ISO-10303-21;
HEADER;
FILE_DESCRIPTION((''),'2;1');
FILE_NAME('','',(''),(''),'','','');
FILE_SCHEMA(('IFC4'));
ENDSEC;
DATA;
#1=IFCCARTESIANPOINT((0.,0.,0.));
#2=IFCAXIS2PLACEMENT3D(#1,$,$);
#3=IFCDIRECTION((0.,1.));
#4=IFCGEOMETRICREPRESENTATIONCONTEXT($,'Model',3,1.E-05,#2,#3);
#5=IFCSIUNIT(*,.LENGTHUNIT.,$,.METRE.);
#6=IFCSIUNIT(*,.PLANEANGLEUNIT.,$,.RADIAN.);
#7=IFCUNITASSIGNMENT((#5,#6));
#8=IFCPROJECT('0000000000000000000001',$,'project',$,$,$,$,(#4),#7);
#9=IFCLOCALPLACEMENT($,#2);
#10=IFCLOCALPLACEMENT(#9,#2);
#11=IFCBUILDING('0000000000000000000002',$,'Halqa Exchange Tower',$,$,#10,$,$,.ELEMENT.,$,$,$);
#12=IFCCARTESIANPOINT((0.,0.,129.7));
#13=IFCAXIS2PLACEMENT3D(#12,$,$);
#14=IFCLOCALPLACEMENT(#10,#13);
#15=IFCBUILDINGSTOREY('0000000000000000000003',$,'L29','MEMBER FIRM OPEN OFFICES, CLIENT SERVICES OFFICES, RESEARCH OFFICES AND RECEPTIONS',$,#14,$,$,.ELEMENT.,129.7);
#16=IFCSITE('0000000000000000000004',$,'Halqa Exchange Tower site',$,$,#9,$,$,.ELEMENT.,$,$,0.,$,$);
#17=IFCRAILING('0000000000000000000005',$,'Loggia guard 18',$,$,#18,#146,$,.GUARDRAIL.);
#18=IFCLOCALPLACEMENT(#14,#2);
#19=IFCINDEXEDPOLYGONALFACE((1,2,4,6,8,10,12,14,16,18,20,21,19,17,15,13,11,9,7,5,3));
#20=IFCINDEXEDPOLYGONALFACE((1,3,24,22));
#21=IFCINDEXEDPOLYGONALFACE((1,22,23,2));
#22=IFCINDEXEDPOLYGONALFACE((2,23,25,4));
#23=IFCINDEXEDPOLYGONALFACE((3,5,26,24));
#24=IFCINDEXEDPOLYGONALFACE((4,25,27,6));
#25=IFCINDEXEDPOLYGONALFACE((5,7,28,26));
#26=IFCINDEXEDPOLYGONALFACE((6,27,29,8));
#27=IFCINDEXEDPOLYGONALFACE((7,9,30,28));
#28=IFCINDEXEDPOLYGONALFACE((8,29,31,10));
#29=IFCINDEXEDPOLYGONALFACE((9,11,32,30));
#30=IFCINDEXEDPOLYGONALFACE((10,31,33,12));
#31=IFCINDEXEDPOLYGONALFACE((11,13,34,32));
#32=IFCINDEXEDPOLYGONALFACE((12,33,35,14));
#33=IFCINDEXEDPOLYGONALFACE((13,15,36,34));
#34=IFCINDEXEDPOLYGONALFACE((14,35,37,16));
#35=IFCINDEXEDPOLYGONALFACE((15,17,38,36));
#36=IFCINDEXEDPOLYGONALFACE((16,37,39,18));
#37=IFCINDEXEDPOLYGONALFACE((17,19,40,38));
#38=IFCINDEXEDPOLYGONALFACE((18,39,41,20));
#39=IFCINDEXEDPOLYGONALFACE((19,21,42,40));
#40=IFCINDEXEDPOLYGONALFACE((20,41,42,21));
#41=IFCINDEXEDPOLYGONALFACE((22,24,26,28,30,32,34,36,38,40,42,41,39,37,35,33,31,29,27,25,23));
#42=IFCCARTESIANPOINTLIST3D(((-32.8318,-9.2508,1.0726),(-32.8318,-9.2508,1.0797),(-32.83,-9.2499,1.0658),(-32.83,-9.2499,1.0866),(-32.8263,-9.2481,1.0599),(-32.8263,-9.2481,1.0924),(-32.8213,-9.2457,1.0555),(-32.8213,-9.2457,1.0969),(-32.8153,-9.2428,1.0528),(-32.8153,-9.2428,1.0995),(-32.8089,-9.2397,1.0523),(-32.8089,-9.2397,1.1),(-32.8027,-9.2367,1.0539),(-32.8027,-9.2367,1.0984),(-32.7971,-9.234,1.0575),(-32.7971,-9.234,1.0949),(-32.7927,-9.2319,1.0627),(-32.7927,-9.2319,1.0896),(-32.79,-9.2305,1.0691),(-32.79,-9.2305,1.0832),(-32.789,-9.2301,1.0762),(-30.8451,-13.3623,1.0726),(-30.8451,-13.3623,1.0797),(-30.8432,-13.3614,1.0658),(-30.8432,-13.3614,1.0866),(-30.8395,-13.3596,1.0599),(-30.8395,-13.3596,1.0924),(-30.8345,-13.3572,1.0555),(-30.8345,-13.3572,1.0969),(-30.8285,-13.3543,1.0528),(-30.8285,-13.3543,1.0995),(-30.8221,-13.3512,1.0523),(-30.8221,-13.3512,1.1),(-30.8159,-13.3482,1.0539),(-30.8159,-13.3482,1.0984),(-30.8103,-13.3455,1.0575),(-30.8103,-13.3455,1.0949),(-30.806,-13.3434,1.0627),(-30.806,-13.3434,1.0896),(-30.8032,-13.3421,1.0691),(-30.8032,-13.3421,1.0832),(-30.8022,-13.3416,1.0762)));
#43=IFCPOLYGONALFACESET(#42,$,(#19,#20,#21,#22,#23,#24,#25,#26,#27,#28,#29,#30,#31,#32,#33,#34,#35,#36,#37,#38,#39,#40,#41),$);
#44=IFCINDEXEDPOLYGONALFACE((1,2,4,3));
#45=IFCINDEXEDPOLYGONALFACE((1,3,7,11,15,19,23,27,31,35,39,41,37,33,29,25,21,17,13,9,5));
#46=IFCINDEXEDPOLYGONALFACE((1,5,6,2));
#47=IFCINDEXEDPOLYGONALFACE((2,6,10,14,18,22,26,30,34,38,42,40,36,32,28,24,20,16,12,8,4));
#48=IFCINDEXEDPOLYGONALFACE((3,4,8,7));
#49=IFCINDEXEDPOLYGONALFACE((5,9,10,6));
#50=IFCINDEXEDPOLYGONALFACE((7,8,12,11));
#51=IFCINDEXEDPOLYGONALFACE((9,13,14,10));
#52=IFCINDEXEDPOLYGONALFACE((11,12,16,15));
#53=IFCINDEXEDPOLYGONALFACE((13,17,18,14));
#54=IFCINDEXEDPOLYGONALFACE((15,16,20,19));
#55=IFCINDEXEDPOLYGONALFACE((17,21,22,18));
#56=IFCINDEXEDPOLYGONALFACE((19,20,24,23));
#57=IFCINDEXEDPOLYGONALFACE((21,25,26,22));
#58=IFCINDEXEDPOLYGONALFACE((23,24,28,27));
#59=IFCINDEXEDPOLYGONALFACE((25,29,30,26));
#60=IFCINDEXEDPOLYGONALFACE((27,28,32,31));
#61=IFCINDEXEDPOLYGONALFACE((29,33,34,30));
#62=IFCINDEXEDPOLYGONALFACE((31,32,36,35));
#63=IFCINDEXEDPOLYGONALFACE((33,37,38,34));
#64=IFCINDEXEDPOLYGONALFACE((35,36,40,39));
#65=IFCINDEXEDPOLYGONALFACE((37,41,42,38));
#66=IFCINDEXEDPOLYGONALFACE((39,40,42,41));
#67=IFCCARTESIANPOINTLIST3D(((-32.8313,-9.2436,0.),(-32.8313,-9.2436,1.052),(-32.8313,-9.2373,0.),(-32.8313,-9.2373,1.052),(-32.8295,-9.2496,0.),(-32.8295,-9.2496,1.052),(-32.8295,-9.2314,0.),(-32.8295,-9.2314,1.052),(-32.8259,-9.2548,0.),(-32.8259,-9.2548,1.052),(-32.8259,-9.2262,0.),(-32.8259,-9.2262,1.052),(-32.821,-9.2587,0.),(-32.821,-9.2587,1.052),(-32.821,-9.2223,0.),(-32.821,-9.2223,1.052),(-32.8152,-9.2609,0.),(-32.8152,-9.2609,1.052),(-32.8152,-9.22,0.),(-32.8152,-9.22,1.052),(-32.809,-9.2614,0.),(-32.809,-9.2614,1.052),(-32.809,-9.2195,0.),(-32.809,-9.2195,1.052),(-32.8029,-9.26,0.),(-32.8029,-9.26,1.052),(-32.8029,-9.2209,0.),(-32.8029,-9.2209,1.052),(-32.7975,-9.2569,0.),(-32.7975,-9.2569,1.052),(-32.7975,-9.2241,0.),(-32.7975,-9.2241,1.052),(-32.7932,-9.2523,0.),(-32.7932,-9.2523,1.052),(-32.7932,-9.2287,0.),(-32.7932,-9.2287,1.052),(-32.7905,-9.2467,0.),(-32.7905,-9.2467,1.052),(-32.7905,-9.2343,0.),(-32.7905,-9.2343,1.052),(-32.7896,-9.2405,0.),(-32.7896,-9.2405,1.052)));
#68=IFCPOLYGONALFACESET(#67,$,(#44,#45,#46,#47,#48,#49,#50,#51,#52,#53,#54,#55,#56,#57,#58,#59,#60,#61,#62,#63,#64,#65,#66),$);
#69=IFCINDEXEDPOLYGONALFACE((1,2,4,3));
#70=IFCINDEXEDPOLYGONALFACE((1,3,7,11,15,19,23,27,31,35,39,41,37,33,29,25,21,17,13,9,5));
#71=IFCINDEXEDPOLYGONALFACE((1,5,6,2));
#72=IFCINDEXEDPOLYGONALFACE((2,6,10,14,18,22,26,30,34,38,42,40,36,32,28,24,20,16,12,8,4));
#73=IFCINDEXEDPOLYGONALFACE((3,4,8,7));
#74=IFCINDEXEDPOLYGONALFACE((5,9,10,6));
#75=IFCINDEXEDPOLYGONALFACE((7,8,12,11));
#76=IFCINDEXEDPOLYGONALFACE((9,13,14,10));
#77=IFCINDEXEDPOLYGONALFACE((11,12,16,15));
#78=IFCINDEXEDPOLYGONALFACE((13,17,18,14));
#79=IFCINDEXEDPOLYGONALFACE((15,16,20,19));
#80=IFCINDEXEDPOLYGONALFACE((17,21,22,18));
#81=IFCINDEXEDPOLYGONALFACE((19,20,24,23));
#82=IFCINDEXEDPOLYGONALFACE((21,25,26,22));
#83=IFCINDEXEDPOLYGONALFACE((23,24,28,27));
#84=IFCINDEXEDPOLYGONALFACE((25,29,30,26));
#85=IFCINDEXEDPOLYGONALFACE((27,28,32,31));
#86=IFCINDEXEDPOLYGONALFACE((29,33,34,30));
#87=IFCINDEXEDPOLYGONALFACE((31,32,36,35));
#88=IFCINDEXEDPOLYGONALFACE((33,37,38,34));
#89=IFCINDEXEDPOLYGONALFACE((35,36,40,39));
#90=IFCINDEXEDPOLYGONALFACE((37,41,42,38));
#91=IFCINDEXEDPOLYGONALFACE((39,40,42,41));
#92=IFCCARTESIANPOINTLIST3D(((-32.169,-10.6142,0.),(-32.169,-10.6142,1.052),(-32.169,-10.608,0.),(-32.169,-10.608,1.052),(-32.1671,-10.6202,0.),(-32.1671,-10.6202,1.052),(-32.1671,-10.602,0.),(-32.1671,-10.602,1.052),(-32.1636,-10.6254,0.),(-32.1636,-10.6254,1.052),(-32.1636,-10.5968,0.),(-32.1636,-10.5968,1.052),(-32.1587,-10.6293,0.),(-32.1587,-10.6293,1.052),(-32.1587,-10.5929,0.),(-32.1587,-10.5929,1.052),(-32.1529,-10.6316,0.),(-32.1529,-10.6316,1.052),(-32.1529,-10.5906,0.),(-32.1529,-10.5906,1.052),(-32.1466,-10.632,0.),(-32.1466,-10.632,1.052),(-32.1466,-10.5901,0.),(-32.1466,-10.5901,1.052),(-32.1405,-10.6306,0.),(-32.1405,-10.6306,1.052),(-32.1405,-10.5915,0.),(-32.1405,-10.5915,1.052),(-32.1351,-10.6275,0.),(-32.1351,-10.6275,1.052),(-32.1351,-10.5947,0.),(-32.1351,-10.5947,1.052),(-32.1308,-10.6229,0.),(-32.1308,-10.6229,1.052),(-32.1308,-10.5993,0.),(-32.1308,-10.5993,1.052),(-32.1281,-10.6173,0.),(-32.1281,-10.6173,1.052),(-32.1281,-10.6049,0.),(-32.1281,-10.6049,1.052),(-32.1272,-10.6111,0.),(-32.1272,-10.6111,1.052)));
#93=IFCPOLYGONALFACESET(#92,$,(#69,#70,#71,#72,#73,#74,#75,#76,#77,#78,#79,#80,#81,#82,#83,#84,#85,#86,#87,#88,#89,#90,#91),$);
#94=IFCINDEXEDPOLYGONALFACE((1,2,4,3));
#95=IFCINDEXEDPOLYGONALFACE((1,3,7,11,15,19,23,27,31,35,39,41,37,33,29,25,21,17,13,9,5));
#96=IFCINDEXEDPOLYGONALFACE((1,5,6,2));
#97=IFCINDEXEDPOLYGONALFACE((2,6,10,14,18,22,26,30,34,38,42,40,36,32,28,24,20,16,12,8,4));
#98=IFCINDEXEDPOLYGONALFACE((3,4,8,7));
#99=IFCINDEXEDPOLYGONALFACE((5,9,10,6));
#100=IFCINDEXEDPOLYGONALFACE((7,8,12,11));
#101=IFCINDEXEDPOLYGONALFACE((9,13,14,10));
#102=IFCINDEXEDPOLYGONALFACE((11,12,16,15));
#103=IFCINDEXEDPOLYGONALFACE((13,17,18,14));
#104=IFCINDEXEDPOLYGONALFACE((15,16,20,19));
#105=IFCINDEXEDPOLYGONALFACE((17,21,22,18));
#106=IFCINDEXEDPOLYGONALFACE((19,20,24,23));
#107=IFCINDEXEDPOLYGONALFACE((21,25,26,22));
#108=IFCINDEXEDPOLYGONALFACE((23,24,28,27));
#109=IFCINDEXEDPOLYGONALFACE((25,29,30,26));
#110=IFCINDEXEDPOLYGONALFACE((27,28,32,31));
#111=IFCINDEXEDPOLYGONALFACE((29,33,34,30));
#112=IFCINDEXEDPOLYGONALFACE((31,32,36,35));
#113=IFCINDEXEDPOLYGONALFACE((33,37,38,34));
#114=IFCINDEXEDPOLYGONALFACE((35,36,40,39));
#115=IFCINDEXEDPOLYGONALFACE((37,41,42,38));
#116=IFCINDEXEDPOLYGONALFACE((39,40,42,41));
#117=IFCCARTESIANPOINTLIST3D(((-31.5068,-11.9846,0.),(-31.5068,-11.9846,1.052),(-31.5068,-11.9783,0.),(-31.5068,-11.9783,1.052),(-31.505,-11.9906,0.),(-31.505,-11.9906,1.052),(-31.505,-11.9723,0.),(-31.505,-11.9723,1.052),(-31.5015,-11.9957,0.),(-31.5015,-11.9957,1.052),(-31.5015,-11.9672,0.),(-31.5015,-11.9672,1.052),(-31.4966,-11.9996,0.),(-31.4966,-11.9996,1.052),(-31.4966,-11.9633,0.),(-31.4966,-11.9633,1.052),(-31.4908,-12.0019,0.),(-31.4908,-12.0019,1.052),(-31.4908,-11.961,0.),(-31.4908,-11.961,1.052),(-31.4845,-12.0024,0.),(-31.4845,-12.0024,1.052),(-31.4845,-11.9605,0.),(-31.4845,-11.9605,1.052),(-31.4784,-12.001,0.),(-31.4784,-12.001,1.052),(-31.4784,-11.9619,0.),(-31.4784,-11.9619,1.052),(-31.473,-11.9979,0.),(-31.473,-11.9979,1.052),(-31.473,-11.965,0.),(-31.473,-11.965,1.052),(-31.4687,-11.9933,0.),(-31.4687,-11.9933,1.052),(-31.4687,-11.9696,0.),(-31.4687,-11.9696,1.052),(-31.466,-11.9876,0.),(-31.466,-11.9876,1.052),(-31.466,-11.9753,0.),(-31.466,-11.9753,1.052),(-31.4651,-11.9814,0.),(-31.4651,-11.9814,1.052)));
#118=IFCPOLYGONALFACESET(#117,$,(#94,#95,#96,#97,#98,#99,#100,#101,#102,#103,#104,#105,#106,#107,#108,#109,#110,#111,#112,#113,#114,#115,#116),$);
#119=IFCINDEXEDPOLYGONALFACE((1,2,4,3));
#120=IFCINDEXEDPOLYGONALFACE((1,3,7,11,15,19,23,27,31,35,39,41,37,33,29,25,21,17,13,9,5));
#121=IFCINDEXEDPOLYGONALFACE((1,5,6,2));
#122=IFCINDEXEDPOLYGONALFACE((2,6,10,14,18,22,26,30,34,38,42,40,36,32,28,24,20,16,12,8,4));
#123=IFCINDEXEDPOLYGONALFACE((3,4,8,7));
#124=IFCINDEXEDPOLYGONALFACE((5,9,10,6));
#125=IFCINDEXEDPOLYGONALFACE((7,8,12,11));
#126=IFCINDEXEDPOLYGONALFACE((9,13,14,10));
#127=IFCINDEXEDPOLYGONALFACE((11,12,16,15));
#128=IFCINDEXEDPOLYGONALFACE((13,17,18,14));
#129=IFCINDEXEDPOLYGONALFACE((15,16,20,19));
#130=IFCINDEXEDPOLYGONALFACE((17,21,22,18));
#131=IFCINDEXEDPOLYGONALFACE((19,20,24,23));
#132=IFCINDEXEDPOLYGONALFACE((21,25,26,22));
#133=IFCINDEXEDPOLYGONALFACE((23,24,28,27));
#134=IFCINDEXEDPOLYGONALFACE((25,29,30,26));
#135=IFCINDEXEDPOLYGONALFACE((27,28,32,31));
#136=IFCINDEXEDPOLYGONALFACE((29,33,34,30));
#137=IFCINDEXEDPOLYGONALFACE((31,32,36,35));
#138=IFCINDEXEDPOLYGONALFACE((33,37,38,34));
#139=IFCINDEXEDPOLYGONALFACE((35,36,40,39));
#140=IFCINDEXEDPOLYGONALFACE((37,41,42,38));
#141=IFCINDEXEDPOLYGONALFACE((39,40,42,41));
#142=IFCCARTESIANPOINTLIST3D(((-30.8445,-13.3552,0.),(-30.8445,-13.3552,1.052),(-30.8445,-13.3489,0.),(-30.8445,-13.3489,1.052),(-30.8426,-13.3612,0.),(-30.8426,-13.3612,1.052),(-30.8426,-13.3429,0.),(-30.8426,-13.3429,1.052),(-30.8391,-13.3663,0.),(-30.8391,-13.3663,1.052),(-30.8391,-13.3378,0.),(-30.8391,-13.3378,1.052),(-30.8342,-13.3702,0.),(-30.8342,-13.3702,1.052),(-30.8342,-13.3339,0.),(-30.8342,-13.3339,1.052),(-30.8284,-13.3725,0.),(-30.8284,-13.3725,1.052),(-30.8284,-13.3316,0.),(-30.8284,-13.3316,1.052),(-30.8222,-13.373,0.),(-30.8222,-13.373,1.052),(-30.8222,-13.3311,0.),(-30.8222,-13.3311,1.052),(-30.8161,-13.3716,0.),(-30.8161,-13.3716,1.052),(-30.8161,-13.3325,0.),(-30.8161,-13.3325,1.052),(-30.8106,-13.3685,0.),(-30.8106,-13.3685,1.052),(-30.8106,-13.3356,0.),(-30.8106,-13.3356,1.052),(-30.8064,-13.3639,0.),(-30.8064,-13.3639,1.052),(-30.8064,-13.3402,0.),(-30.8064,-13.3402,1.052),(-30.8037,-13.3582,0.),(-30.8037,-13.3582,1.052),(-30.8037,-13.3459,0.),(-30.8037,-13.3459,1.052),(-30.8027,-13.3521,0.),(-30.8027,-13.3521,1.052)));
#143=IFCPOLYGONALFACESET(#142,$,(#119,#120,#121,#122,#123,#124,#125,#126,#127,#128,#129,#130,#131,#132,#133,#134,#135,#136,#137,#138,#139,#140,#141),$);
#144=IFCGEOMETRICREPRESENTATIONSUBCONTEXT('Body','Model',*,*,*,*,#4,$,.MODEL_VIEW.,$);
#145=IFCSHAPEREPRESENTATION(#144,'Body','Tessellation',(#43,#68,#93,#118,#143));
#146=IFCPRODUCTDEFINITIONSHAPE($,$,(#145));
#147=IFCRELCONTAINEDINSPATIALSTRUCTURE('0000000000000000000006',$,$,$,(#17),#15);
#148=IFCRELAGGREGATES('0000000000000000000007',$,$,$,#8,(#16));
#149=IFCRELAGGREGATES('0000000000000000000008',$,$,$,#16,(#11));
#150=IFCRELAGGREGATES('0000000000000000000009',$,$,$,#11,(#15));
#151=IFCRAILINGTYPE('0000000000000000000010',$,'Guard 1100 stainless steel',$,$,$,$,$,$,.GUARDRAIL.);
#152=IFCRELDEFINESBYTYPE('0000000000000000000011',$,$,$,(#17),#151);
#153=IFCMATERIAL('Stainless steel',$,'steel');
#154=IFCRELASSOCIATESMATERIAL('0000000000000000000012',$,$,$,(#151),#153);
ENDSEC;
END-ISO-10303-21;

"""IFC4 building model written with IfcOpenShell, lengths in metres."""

from ifc_helpers import new_model, si_unit, direction, frame, origin, origin_2d, place, context, subcontext, project, spatial, circle, extrude, material, type_object, element, save


model = new_model("IFC4")

# Units and contexts
model_context = context("Model", 3, precision=1e-05, world=origin(), true_north=direction((0.0, 1.0)))
body_context = subcontext(model_context, "Body", "Model", "MODEL_VIEW")
ifc_project = project(units=[si_unit("LENGTHUNIT", "METRE"), si_unit("PLANEANGLEUNIT", "RADIAN")], contexts=[model_context])

# Site, building, storey
site_placement = place(None, origin())
site = spatial("IfcSite", under=ifc_project, at=site_placement, Name="Halqa Exchange Tower site", CompositionType="ELEMENT", RefElevation=0.0)
building_placement = place(site_placement, origin())
building = spatial("IfcBuilding", under=site, at=building_placement, Name="Halqa Exchange Tower", CompositionType="ELEMENT")
storey_placement = place(building_placement, frame((0.0, 0.0, 129.7)))
storey = spatial("IfcBuildingStorey", under=building, at=storey_placement, Name="L29", Description="MEMBER FIRM OPEN OFFICES, CLIENT SERVICES OFFICES, RESEARCH OFFICES AND RECEPTIONS", CompositionType="ELEMENT", Elevation=129.7)

# Railing
ifc_material_1 = material(Name="Stainless steel", Category="steel")
railing_type = type_object("IfcRailingType", Name="Guard 1100 stainless steel", PredefinedType="GUARDRAIL", material=ifc_material_1)
railing_1_placement = place(storey_placement, frame((-32.8105, -9.2405, 0.0)))
element("IfcRailing", 1, at=railing_1_placement, inside=storey, type_object=railing_type, Name="Loggia guard 18", PredefinedType="GUARDRAIL", context=body_context, shape_type="SweptSolid", body=[
    extrude(circle(Radius=0.0239, at=origin_2d()), frame((0.0, 0.0, 1.0762), z_axis=(0.43509, -0.900387, 0.0), x_axis=(0.900387, 0.43509, 0.0)), (0.0, 0.0, 1.0), 4.5664),
    extrude(circle(Radius=0.021, at=origin_2d()), origin(), (0.0, 0.0, 1.0), 1.052),
    extrude(circle(Radius=0.021, at=origin_2d()), frame((0.6624, -1.3706, 0.0)), (0.0, 0.0, 1.0), 1.052),
    extrude(circle(Radius=0.021, at=origin_2d()), frame((1.3245, -2.741, 0.0)), (0.0, 0.0, 1.0), 1.052),
    extrude(circle(Radius=0.021, at=origin_2d()), frame((1.9868, -4.1116, 0.0)), (0.0, 0.0, 1.0), 1.052),
])

save(model, "model.ifc")
